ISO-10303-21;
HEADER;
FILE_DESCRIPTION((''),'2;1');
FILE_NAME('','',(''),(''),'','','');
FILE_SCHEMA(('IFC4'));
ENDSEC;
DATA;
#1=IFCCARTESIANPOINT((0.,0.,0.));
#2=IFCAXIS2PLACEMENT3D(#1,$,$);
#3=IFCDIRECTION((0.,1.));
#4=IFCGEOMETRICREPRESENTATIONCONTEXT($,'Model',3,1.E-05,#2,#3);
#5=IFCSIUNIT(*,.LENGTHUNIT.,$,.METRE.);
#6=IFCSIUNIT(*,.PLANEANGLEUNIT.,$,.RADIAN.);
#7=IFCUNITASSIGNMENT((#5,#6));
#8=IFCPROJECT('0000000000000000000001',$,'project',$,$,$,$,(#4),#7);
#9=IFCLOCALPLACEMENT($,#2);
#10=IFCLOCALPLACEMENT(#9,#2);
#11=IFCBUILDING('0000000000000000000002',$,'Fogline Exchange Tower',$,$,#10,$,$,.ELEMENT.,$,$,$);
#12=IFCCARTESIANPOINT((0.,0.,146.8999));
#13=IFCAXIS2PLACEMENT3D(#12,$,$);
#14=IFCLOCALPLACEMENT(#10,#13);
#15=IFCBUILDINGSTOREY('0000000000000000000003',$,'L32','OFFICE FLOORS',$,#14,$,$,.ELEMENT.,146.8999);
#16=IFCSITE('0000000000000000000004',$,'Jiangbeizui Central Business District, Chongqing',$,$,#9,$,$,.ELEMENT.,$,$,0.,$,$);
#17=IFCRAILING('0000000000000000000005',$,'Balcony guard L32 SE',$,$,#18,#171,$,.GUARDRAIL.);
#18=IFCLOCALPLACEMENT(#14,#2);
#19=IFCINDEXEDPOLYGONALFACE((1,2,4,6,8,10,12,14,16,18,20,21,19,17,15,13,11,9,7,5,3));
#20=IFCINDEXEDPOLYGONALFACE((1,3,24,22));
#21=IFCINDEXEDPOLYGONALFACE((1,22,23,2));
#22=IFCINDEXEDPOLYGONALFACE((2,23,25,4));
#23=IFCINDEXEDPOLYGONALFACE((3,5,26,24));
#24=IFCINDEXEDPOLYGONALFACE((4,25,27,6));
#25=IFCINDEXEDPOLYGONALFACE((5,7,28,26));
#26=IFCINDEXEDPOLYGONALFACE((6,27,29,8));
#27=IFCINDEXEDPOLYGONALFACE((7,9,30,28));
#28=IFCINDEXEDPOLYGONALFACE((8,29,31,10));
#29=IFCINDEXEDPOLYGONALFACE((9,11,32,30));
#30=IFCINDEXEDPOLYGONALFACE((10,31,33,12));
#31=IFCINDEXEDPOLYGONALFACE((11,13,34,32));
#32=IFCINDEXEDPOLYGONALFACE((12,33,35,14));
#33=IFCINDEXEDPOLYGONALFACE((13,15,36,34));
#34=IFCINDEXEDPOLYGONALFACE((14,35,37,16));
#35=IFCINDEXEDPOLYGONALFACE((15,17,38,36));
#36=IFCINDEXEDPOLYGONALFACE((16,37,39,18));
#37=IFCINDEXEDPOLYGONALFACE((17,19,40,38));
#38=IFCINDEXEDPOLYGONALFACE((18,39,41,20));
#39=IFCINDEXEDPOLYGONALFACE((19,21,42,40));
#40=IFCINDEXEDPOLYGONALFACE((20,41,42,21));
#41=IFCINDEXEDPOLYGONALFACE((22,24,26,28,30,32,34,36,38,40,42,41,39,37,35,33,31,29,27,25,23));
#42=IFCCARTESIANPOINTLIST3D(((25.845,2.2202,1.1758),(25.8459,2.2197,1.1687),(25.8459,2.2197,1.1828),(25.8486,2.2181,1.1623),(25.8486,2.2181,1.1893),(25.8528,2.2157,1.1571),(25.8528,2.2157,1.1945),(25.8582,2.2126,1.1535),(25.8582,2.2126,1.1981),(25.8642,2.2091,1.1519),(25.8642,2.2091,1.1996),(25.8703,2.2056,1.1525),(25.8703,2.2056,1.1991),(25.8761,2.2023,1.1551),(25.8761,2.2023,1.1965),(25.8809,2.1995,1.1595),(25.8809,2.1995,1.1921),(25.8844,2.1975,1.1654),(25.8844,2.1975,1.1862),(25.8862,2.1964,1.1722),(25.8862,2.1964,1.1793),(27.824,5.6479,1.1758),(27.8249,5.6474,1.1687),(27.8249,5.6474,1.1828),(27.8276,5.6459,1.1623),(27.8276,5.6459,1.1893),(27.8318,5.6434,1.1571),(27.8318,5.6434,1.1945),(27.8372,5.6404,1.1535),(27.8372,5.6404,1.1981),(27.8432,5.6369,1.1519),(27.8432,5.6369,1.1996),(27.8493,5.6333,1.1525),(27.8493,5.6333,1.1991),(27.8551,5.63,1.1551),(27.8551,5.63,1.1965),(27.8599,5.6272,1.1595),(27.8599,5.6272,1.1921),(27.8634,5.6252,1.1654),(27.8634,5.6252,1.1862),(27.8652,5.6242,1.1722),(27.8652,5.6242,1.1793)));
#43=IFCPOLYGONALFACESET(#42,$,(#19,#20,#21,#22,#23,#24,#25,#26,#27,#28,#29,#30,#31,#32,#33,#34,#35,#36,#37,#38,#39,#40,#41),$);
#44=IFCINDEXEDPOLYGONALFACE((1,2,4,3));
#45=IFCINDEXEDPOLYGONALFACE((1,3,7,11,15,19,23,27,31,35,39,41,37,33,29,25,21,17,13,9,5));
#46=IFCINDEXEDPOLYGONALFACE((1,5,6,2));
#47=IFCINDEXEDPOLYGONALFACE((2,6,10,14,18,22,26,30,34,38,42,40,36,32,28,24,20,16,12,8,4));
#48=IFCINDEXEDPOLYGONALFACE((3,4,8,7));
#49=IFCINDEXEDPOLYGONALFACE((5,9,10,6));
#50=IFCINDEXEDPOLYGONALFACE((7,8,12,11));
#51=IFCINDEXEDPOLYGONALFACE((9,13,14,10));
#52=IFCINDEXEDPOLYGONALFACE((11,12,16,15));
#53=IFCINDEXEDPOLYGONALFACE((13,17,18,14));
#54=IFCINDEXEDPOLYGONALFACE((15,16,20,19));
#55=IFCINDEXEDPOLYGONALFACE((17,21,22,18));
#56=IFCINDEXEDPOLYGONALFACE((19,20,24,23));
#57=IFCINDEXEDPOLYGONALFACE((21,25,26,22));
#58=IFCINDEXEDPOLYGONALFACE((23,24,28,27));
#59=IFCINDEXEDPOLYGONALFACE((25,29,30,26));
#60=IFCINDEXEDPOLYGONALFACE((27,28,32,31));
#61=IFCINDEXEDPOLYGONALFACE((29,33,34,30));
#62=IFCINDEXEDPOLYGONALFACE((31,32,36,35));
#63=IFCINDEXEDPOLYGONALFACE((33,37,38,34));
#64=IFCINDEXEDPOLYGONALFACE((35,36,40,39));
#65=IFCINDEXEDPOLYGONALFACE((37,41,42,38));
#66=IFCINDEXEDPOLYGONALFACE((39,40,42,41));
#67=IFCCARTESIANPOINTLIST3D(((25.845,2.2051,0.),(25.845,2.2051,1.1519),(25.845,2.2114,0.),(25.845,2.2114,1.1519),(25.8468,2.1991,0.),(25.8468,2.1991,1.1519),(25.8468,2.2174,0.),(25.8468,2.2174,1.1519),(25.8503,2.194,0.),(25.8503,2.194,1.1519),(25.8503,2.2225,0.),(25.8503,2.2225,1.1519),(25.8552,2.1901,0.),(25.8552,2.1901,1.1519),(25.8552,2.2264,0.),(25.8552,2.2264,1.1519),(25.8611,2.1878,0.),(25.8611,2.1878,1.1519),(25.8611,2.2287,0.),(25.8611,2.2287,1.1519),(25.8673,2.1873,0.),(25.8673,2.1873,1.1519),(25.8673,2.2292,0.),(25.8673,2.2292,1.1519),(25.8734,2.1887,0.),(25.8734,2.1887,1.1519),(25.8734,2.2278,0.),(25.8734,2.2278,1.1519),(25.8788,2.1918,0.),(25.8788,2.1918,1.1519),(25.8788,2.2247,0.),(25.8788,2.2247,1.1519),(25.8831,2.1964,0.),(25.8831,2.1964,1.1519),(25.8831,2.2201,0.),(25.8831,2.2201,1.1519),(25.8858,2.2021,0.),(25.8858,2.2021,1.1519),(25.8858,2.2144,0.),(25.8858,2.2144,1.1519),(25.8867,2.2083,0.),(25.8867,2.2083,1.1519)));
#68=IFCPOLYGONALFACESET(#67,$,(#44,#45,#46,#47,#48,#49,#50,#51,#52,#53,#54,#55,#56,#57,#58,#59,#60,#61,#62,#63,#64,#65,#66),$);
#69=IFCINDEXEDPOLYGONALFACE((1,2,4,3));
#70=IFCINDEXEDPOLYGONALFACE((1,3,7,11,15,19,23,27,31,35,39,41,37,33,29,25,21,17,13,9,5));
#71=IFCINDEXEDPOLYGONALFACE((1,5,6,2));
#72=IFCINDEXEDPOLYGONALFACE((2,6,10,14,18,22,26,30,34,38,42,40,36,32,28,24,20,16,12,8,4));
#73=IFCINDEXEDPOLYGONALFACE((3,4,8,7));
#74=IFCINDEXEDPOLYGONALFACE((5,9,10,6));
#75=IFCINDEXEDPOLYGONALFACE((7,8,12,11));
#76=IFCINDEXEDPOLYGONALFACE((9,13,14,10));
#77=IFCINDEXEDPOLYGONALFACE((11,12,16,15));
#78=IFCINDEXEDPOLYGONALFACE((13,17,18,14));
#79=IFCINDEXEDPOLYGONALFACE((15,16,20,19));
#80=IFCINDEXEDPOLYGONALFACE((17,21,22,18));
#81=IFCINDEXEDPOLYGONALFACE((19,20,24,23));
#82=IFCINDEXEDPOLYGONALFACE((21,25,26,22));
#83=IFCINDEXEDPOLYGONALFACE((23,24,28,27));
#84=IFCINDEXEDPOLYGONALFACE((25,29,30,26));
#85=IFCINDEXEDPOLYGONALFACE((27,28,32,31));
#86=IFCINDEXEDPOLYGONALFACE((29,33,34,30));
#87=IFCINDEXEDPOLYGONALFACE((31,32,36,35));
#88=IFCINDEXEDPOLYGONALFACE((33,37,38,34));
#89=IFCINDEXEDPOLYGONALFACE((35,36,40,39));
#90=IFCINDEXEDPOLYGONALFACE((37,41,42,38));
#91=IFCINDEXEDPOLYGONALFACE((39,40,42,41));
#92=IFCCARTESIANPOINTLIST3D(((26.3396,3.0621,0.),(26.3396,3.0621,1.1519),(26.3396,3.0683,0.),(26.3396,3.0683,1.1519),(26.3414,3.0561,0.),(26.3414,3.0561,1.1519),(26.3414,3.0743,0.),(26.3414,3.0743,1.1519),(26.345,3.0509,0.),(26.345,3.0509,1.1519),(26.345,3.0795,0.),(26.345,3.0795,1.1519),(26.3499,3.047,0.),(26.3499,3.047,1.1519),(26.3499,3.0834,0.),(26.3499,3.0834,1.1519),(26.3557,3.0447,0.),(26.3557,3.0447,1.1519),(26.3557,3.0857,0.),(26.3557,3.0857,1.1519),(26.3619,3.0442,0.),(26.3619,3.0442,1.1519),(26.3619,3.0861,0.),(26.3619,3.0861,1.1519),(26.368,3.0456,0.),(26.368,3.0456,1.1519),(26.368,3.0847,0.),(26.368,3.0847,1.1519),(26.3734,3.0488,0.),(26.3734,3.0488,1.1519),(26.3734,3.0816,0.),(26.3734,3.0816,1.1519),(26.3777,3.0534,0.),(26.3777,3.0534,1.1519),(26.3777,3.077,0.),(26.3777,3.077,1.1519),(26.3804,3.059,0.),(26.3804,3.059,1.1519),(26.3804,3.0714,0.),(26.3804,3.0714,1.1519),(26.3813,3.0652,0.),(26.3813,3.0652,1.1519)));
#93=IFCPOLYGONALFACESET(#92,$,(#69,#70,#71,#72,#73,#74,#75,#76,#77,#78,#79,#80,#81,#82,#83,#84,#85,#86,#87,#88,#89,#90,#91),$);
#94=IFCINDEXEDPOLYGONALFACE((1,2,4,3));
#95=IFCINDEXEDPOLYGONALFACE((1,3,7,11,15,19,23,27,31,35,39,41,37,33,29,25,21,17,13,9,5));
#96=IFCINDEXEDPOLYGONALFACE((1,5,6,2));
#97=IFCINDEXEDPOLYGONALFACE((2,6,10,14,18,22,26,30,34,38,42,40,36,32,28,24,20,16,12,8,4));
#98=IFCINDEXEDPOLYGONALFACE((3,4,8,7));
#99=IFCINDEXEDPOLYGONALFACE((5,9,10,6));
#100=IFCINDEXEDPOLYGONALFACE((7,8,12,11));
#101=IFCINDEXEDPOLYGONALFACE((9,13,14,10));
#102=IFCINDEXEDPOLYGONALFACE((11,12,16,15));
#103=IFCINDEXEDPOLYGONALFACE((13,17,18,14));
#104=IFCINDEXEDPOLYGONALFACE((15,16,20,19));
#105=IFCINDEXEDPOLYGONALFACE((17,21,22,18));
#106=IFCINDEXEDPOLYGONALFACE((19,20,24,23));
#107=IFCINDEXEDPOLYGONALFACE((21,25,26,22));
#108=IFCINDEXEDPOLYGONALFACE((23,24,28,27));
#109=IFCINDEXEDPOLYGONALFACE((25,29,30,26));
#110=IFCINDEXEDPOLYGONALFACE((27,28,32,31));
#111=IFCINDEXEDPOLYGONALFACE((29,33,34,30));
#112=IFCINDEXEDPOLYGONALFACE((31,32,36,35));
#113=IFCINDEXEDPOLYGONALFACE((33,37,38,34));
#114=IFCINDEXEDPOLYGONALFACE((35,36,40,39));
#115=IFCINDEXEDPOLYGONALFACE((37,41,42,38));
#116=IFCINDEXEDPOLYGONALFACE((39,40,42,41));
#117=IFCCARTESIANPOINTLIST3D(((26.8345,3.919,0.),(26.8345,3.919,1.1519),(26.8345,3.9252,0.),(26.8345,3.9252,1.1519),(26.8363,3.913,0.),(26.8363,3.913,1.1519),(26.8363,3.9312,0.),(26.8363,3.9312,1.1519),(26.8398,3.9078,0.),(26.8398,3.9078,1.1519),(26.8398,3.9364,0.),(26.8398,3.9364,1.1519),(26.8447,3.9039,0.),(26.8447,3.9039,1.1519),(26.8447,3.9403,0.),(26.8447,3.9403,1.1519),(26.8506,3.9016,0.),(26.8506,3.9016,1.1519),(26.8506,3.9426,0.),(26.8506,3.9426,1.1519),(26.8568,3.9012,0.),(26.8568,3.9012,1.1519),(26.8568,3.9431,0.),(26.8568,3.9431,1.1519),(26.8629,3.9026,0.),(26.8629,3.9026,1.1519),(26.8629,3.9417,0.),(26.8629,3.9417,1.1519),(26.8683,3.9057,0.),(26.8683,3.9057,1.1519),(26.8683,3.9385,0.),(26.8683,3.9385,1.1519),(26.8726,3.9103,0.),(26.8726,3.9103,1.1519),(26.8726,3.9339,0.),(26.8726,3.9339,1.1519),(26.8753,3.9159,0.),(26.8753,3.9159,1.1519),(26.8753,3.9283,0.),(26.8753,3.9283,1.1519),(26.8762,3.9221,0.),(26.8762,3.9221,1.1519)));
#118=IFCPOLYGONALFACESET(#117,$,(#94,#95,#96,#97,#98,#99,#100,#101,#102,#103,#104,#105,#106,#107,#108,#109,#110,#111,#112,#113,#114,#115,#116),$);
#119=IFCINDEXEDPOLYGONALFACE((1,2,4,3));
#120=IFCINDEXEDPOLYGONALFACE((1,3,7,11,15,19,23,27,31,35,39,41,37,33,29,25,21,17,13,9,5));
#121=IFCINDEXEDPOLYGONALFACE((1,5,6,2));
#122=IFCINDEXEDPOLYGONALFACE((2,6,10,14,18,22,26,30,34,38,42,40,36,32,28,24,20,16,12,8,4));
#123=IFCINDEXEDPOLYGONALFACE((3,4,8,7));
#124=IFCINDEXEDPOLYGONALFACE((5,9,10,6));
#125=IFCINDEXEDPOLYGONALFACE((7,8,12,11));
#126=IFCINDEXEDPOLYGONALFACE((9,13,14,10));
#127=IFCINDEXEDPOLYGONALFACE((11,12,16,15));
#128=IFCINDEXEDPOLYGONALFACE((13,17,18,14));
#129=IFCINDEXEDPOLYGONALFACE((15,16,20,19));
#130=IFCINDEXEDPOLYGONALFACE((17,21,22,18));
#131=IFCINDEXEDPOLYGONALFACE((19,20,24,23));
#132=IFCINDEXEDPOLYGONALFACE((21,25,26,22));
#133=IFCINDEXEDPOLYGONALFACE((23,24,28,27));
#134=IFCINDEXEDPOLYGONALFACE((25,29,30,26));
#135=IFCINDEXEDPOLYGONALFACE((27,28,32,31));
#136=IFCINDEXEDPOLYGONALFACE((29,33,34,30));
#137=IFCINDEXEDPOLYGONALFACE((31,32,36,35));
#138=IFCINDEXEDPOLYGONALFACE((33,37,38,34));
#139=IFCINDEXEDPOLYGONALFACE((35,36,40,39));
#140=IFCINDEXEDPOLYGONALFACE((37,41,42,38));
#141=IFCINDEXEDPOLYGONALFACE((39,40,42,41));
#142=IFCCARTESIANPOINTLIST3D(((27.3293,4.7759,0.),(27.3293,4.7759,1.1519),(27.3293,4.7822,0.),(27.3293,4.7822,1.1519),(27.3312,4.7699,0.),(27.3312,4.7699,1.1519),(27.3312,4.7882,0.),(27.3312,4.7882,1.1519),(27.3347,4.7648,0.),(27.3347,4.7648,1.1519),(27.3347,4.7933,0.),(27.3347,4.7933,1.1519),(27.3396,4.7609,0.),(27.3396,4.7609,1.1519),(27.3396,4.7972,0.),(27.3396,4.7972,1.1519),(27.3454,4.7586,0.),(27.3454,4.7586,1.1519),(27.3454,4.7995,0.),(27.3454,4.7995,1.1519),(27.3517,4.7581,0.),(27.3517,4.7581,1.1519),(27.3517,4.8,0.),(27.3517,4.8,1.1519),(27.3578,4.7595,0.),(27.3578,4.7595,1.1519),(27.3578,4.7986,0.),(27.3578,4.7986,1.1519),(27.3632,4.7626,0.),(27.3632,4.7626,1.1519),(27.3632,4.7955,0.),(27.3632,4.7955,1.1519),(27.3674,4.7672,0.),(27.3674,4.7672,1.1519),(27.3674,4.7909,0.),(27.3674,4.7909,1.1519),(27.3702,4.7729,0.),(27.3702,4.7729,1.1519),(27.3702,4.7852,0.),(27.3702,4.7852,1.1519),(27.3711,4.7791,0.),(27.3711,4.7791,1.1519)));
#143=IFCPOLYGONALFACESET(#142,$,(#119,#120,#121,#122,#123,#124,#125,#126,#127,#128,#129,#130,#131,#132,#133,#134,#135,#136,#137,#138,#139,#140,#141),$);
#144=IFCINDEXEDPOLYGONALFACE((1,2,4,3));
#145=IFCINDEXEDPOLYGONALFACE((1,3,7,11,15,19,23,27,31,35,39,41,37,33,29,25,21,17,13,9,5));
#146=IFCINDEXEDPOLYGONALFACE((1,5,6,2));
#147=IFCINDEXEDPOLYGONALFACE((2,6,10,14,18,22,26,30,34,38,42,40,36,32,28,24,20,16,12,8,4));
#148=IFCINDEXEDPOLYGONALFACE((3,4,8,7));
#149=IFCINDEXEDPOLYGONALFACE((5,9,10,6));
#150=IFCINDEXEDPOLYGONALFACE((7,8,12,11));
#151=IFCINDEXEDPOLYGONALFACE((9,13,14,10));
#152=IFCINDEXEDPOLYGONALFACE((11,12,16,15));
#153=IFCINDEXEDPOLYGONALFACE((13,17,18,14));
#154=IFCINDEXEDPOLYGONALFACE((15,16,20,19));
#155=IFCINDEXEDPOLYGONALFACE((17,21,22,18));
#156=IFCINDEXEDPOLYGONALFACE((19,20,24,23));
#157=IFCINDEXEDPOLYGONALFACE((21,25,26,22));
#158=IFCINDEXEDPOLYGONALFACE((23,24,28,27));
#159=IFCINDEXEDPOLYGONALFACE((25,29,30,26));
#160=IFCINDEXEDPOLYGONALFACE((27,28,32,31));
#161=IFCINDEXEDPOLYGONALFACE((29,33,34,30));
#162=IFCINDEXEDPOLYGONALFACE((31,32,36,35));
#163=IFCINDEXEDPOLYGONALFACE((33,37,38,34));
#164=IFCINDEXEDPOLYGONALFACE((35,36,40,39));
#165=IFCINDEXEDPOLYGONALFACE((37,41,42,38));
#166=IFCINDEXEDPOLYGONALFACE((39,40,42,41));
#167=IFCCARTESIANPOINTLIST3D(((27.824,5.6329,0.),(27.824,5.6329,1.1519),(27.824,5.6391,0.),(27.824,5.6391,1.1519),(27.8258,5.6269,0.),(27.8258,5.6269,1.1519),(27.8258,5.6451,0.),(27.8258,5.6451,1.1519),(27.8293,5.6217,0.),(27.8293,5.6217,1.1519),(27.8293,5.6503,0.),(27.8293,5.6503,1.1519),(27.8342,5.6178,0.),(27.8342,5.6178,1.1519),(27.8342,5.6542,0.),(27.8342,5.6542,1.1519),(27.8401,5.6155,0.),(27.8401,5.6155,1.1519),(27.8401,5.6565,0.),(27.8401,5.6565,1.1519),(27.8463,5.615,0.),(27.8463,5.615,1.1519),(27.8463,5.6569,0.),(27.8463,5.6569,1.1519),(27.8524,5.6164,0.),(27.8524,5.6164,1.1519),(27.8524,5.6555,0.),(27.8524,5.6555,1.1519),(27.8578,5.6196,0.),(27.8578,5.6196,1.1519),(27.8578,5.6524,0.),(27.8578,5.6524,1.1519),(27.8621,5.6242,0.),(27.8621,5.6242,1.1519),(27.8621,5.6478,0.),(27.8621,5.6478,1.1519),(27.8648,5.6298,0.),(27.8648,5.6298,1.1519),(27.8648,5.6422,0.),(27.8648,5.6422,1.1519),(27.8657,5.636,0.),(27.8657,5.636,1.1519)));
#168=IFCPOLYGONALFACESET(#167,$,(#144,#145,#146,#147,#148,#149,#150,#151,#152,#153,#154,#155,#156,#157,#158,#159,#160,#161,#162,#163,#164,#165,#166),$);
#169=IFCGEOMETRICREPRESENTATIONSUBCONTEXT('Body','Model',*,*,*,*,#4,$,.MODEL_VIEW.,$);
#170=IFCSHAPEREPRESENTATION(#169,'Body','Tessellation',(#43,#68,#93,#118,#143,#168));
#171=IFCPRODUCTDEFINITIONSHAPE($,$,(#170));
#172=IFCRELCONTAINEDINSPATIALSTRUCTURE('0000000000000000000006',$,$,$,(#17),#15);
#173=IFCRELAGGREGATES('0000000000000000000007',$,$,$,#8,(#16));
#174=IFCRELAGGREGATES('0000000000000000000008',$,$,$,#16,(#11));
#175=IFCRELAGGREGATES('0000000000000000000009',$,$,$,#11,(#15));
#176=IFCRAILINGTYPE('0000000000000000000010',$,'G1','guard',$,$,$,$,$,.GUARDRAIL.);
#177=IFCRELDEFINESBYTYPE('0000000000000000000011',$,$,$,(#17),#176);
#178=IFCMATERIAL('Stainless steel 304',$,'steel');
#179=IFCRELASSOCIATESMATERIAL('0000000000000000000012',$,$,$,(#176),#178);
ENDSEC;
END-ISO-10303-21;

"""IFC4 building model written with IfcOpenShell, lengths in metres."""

from ifc_helpers import new_model, si_unit, direction, frame, origin, origin_2d, place, context, subcontext, project, spatial, circle, extrude, material, type_object, element, save


model = new_model("IFC4")

# Units and contexts
model_context = context("Model", 3, precision=1e-05, world=origin(), true_north=direction((0.0, 1.0)))
body_context = subcontext(model_context, "Body", "Model", "MODEL_VIEW")
ifc_project = project(units=[si_unit("LENGTHUNIT", "METRE"), si_unit("PLANEANGLEUNIT", "RADIAN")], contexts=[model_context])

# Site, building, storey
site_placement = place(None, origin())
site = spatial("IfcSite", under=ifc_project, at=site_placement, Name="Jiangbeizui Central Business District, Chongqing", CompositionType="ELEMENT", RefElevation=0.0)
building_placement = place(site_placement, origin())
building = spatial("IfcBuilding", under=site, at=building_placement, Name="Fogline Exchange Tower", CompositionType="ELEMENT")
storey_placement = place(building_placement, frame((0.0, 0.0, 146.8999)))
storey = spatial("IfcBuildingStorey", under=building, at=storey_placement, Name="L32", Description="OFFICE FLOORS", CompositionType="ELEMENT", Elevation=146.8999)

# Railing
ifc_material_1 = material(Name="Stainless steel 304", Category="steel")
railing_type = type_object("IfcRailingType", Name="G1", Description="guard", PredefinedType="GUARDRAIL", material=ifc_material_1)
railing_placement = place(storey_placement, frame((25.8657, 2.2083, 0.0)))
element("IfcRailing", 1, at=railing_placement, inside=storey, type_object=railing_type, Name="Balcony guard L32 SE", PredefinedType="GUARDRAIL", context=body_context, shape_type="SweptSolid", body=[
    extrude(circle(Radius=0.0239, at=origin_2d()), frame((0.0, 0.0, 1.1758), z_axis=(0.5, 0.866025, 0.0), x_axis=(-0.866025, 0.5, 0.0)), (0.0, 0.0, 1.0), 3.958),
    extrude(circle(Radius=0.021, at=origin_2d()), origin(), (0.0, 0.0, 1.0), 1.1519),
    extrude(circle(Radius=0.021, at=origin_2d()), frame((0.4946, 0.8569, 0.0)), (0.0, 0.0, 1.0), 1.1519),
    extrude(circle(Radius=0.021, at=origin_2d()), frame((0.9895, 1.7139, 0.0)), (0.0, 0.0, 1.0), 1.1519),
    extrude(circle(Radius=0.021, at=origin_2d()), frame((1.4844, 2.5708, 0.0)), (0.0, 0.0, 1.0), 1.1519),
    extrude(circle(Radius=0.021, at=origin_2d()), frame((1.979, 3.4277, 0.0)), (0.0, 0.0, 1.0), 1.1519),
])

save(model, "model.ifc")
